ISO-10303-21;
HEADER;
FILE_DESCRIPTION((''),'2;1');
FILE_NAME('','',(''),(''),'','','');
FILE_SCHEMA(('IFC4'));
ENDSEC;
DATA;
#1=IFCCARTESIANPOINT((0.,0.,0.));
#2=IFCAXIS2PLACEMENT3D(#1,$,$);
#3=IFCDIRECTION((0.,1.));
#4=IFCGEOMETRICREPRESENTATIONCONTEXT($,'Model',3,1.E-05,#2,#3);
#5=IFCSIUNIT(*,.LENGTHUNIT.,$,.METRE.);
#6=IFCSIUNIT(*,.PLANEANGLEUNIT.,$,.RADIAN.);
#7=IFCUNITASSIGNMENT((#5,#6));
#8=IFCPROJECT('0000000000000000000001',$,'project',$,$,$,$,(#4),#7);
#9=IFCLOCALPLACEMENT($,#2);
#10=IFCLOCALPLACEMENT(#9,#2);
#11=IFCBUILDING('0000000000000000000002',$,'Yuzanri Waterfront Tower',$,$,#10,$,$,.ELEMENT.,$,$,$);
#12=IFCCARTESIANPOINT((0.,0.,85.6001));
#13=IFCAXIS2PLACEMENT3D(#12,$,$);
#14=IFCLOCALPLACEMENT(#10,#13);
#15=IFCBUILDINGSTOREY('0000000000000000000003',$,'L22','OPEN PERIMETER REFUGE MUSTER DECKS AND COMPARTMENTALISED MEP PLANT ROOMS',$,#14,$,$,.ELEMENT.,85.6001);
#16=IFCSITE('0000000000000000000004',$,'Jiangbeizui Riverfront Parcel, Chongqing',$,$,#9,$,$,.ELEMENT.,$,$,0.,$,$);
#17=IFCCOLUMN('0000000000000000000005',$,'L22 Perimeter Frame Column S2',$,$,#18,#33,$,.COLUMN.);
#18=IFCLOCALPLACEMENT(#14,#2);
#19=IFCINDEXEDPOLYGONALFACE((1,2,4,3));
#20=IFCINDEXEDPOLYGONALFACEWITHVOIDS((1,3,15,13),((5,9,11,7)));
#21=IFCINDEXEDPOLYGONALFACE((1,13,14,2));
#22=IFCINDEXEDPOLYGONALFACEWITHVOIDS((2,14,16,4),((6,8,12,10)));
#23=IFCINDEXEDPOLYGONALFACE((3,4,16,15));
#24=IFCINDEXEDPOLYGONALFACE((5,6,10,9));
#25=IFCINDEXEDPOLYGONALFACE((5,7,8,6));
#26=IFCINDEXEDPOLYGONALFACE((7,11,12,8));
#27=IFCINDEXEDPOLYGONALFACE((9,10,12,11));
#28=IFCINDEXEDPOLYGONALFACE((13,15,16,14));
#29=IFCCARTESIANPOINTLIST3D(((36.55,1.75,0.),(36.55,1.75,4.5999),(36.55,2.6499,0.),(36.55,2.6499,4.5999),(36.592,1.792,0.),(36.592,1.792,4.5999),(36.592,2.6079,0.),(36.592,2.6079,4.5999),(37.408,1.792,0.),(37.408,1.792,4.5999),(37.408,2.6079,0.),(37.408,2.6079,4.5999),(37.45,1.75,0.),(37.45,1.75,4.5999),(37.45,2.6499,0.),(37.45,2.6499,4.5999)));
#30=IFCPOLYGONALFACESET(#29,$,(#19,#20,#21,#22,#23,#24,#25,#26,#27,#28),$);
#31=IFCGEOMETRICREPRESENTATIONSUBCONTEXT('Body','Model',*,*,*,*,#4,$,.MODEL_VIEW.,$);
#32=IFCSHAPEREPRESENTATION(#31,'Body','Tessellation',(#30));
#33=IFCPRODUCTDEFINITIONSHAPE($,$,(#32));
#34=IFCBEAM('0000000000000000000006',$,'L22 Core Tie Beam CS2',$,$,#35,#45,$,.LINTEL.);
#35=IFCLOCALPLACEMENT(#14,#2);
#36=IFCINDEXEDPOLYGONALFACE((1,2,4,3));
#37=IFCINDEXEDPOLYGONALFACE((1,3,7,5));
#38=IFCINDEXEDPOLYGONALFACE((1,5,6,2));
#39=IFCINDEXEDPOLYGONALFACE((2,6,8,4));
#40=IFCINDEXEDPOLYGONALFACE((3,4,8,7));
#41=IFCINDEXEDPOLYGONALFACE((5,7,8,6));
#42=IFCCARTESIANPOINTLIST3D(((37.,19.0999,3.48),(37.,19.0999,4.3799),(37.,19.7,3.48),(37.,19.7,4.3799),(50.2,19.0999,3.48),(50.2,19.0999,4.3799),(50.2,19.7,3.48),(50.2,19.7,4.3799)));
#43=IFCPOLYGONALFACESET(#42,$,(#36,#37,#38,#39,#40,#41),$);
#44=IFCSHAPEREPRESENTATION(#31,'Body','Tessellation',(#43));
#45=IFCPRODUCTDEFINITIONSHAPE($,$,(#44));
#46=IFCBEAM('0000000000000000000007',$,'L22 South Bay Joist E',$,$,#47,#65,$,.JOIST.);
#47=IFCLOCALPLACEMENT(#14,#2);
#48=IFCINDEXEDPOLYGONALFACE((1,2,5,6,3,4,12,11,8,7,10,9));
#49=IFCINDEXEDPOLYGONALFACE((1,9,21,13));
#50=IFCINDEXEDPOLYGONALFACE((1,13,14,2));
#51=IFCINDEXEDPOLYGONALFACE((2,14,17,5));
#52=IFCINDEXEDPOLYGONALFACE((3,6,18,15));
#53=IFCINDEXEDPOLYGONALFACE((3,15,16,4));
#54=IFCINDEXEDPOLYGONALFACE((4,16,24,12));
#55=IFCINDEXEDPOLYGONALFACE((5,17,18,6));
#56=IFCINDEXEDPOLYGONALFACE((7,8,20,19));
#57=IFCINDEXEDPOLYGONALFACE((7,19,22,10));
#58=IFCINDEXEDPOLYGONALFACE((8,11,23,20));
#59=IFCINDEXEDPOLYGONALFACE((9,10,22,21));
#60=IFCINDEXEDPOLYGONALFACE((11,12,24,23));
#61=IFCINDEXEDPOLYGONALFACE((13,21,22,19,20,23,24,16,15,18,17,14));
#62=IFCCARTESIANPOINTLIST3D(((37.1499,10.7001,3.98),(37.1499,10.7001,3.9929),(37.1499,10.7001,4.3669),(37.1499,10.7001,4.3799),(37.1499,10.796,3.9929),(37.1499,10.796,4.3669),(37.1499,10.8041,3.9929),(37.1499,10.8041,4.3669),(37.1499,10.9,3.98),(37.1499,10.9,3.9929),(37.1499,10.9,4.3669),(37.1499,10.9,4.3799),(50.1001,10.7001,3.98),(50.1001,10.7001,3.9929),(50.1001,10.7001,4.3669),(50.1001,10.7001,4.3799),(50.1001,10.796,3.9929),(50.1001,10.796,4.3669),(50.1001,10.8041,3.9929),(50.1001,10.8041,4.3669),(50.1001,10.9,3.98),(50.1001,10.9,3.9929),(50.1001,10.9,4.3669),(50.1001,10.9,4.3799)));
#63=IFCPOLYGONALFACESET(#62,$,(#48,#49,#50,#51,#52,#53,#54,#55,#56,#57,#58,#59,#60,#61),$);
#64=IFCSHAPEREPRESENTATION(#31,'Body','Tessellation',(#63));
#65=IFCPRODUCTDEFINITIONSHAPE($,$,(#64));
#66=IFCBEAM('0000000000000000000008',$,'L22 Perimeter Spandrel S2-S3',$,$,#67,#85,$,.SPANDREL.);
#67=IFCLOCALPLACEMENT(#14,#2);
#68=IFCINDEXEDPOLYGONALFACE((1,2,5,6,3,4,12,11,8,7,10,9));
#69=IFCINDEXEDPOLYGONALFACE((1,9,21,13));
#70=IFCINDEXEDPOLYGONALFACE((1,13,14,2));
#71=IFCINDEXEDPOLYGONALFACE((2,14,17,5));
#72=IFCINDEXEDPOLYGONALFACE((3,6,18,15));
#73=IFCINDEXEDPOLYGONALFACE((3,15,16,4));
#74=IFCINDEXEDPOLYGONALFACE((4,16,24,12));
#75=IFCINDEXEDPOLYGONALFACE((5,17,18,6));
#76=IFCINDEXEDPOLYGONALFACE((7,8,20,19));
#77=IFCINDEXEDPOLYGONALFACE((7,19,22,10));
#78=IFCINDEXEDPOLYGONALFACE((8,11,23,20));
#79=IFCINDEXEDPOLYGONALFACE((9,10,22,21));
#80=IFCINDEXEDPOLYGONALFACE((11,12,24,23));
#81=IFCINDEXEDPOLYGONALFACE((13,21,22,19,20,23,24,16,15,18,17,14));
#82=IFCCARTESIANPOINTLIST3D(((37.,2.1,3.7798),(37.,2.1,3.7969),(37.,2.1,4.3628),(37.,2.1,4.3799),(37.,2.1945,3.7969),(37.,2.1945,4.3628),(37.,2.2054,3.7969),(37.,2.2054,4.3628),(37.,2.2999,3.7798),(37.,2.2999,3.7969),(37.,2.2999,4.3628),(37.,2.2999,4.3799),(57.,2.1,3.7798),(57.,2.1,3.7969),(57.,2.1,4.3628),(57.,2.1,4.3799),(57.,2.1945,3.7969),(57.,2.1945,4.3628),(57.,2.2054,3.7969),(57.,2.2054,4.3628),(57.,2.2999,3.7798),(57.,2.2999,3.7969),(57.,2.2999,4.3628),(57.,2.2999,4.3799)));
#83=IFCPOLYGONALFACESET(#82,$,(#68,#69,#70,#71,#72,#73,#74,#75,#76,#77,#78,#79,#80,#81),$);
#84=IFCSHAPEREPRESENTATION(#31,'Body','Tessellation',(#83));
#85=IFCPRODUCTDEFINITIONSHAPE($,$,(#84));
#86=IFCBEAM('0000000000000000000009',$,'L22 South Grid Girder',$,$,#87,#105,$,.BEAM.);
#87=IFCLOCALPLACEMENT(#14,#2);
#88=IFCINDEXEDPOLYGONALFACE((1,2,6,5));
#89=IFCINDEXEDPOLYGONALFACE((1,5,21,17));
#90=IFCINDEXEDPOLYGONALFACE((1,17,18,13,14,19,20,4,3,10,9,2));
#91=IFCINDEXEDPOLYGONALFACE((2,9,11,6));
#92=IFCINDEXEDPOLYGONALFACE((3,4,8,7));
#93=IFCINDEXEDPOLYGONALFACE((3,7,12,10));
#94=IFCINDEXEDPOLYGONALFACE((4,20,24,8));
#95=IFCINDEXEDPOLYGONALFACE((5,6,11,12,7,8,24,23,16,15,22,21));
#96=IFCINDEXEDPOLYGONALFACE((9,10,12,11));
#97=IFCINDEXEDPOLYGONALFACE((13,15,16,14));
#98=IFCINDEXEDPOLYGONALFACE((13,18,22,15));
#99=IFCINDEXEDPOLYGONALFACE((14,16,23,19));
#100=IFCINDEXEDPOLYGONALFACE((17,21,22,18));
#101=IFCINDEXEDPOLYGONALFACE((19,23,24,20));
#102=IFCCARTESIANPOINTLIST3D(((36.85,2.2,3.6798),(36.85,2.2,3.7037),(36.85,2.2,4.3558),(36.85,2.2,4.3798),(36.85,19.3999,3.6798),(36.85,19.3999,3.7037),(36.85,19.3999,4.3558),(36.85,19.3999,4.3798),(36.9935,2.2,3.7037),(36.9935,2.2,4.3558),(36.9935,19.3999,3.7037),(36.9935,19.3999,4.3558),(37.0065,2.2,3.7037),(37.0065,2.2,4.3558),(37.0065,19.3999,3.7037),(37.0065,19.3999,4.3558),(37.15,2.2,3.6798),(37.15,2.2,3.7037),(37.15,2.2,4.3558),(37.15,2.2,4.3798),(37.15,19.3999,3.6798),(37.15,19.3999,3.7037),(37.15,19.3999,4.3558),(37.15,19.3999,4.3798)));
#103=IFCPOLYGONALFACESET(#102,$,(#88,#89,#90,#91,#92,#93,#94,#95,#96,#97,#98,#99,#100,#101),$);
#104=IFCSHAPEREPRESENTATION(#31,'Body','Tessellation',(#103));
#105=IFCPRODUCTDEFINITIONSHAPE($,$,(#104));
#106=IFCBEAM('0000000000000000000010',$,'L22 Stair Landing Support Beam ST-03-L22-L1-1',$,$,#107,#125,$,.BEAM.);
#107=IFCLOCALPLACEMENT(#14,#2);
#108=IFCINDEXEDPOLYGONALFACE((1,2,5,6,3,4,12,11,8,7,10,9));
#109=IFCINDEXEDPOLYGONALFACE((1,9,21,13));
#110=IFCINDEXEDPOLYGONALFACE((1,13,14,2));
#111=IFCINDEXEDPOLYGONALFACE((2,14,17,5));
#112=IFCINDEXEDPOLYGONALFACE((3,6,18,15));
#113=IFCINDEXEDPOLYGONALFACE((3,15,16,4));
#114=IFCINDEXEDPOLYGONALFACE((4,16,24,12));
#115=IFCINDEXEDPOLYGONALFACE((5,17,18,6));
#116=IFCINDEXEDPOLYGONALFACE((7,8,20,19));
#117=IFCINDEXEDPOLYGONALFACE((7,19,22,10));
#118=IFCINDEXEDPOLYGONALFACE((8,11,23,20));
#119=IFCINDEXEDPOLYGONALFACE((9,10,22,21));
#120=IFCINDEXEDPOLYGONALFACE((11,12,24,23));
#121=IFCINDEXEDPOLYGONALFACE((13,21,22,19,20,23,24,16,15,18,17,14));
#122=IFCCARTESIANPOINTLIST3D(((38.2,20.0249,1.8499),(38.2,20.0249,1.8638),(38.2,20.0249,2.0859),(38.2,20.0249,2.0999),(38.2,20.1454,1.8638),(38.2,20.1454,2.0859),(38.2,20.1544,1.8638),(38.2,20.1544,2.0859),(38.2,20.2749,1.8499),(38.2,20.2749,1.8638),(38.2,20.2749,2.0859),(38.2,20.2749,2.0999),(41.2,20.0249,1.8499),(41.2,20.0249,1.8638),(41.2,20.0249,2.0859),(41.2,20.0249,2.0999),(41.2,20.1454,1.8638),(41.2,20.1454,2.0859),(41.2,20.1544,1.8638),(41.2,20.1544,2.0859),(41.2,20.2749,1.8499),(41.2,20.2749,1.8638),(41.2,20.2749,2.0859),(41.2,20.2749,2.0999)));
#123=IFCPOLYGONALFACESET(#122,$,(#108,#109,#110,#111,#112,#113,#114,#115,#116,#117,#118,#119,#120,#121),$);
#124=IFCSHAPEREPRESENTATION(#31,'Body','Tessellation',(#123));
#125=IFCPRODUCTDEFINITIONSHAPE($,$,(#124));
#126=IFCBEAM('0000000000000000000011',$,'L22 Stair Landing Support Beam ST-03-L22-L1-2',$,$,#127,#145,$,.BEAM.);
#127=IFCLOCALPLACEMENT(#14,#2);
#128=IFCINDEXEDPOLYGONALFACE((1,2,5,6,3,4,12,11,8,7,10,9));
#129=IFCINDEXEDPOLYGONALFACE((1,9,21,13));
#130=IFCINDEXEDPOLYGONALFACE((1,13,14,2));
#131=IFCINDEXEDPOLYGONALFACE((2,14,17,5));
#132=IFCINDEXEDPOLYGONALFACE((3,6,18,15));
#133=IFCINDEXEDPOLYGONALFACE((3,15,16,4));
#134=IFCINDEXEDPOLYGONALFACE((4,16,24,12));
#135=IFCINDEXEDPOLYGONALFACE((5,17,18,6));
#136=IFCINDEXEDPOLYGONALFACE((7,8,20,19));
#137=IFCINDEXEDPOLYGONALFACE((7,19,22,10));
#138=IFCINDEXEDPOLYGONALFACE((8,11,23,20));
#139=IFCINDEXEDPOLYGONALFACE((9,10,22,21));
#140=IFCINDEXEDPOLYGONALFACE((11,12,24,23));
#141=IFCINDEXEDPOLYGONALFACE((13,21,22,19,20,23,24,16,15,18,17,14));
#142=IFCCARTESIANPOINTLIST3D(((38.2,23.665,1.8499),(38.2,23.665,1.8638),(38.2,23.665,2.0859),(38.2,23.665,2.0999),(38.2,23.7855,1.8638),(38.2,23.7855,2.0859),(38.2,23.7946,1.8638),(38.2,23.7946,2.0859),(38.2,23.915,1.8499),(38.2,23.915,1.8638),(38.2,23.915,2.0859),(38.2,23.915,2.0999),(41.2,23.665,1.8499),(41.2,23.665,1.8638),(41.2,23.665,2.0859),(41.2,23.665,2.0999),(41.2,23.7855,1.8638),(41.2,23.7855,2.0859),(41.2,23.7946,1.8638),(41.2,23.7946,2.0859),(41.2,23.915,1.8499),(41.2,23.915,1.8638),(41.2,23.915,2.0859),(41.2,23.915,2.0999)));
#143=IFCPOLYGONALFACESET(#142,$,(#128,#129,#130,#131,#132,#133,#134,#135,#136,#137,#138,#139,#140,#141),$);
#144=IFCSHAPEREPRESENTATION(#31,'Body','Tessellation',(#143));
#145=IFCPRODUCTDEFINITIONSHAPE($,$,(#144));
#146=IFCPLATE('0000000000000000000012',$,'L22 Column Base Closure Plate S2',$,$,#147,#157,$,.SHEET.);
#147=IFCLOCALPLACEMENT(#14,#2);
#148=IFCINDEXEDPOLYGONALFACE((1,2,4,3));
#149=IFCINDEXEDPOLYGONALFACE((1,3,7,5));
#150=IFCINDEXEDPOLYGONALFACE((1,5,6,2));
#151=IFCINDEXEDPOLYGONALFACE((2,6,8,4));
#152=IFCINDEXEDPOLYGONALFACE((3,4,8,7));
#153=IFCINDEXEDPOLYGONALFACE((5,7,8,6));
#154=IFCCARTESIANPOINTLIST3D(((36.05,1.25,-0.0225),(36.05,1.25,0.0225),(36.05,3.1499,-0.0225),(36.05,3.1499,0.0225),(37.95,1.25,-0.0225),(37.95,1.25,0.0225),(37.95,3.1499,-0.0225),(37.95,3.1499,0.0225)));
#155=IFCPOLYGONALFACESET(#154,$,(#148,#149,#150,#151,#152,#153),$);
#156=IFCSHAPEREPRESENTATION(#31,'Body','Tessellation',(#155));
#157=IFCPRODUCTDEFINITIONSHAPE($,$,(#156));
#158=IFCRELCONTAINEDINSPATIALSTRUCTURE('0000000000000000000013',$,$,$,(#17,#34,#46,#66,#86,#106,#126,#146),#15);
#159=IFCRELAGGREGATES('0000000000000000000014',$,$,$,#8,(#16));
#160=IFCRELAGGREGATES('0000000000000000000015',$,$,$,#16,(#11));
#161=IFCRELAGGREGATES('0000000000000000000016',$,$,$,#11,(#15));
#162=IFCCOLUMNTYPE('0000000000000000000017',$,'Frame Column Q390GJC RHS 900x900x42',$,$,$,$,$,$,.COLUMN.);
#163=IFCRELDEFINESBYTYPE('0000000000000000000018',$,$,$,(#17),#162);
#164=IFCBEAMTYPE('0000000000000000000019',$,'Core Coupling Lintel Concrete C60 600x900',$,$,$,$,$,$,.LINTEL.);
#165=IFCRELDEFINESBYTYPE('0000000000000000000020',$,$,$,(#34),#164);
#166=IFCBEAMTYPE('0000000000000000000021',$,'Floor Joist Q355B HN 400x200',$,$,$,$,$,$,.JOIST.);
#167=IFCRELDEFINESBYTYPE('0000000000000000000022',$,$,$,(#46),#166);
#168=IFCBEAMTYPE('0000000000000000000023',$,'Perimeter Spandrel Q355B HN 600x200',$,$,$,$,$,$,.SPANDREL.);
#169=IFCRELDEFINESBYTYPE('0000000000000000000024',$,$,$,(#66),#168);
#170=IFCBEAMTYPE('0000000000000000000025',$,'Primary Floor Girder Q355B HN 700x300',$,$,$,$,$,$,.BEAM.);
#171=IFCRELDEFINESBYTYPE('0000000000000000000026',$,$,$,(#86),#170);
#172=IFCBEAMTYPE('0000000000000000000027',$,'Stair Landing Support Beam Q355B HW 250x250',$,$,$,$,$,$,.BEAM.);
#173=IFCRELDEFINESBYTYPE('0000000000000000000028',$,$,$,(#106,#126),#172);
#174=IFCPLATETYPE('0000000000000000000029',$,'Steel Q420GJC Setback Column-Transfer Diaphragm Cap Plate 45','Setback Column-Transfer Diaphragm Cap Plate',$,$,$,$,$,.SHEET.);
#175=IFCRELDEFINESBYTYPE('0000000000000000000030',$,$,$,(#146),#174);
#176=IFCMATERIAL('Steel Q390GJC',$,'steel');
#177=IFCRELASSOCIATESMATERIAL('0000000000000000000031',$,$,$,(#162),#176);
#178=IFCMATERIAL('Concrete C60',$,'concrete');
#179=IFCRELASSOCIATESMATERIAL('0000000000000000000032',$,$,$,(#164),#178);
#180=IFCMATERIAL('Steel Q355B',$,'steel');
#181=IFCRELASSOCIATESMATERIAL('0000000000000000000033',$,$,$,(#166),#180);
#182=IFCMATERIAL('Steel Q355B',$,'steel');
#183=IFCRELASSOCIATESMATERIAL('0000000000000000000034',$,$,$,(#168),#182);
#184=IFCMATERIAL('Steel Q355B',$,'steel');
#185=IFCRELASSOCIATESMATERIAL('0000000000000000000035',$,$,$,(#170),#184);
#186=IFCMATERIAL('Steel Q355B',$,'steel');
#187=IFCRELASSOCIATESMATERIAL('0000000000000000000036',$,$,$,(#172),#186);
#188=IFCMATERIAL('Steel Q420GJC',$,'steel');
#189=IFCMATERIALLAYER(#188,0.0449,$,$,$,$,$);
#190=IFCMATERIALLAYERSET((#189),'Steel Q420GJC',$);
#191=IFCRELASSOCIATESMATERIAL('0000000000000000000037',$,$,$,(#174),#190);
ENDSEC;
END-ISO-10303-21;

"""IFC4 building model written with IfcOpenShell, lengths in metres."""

from ifc_helpers import new_model, si_unit, direction, frame, origin, origin_2d, place, context, subcontext, project, spatial, rectangle, hollow_rectangle, i_section, extrude, source, transform, mapped, material, layer, layer_set, material_profile, profile_set, type_object, element, save


model = new_model("IFC4")

# Units and contexts
model_context = context("Model", 3, precision=1e-05, world=origin(), true_north=direction((0.0, 1.0)))
body_context = subcontext(model_context, "Body", "Model", "MODEL_VIEW")
ifc_project = project(units=[si_unit("LENGTHUNIT", "METRE"), si_unit("PLANEANGLEUNIT", "RADIAN")], contexts=[model_context])

# Site, building, storey
site_placement = place(None, origin())
site = spatial("IfcSite", under=ifc_project, at=site_placement, Name="Jiangbeizui Riverfront Parcel, Chongqing", CompositionType="ELEMENT", RefElevation=0.0)
building_placement = place(site_placement, origin())
building = spatial("IfcBuilding", under=site, at=building_placement, Name="Yuzanri Waterfront Tower", CompositionType="ELEMENT")
storey_placement = place(building_placement, frame((0.0, 0.0, 85.6001)))
storey = spatial("IfcBuildingStorey", under=building, at=storey_placement, Name="L22", Description="OPEN PERIMETER REFUGE MUSTER DECKS AND COMPARTMENTALISED MEP PLANT ROOMS", CompositionType="ELEMENT", Elevation=85.6001)

# Column
ifc_material_1 = material(Name="Steel Q390GJC", Category="steel")
ifc_material_profile_1 = material_profile(ifc_material_1, hollow_rectangle(XDim=0.8999, YDim=0.8999, WallThickness=0.042, at=origin_2d()), Name="RHS 900x900x42")
ifc_profile_set_1 = profile_set([ifc_material_profile_1], Name="Steel Q390GJC")
column_type = type_object("IfcColumnType", Name="Frame Column Q390GJC RHS 900x900x42", PredefinedType="COLUMN", material=ifc_profile_set_1)
shared_shape_1 = source(origin(), body_context, "Body", "SweptSolid", [
    extrude(hollow_rectangle(XDim=0.8999, YDim=0.8999, WallThickness=0.042, at=origin_2d()), origin(), (0.0, 0.0, 1.0), 4.5999),
])
column_placement = place(storey_placement, frame((37.0, 2.2, 0.0), z_axis=(0.0, 0.0, 1.0), x_axis=(1.0, 0.0, 0.0)))
element("IfcColumn", 1, at=column_placement, inside=storey, type_object=column_type, Name="L22 Perimeter Frame Column S2", PredefinedType="COLUMN", context=body_context, shape_type="MappedRepresentation", body=[
    mapped(shared_shape_1, transform((0.0, 0.0, 0.0), scale=1.0)),
])

# Beams
ifc_material_2 = material(Name="Concrete C60", Category="concrete")
ifc_material_profile_2 = material_profile(ifc_material_2, rectangle(XDim=0.6001, YDim=0.8999, at=origin_2d()), Name="RC 600x900")
ifc_profile_set_2 = profile_set([ifc_material_profile_2], Name="Concrete C60")
beam_type_1 = type_object("IfcBeamType", Name="Core Coupling Lintel Concrete C60 600x900", PredefinedType="LINTEL", material=ifc_profile_set_2)
shared_shape_2 = source(origin(), body_context, "Body", "SweptSolid", [
    extrude(rectangle(XDim=0.6001, YDim=0.8999, at=origin_2d()), origin(), (0.0, 0.0, 1.0), 13.2),
])
beam_1_placement = place(storey_placement, frame((37.0, 19.3999, 3.9299), z_axis=(1.0, 0.0, 0.0), x_axis=(0.0, 1.0, 0.0)))
element("IfcBeam", 2, at=beam_1_placement, inside=storey, type_object=beam_type_1, Name="L22 Core Tie Beam CS2", PredefinedType="LINTEL", context=body_context, shape_type="MappedRepresentation", body=[
    mapped(shared_shape_2, transform((0.0, 0.0, 0.0), scale=1.0)),
])
ifc_material_3 = material(Name="Steel Q355B", Category="steel")
ifc_material_profile_3 = material_profile(ifc_material_3, i_section(OverallWidth=0.2, OverallDepth=0.3999, WebThickness=0.0081, FlangeThickness=0.0129, at=origin_2d()), Name="HN 400x200x8x13")
ifc_profile_set_3 = profile_set([ifc_material_profile_3], Name="Steel Q355B")
beam_type_2 = type_object("IfcBeamType", Name="Floor Joist Q355B HN 400x200", PredefinedType="JOIST", material=ifc_profile_set_3)
shared_shape_3 = source(origin(), body_context, "Body", "SweptSolid", [
    extrude(i_section(OverallWidth=0.2, OverallDepth=0.3999, WebThickness=0.0081, FlangeThickness=0.0129, at=origin_2d()), origin(), (0.0, 0.0, 1.0), 12.9502),
])
beam_2_placement = place(storey_placement, frame((37.1499, 10.8, 4.1799), z_axis=(1.0, 0.0, 0.0), x_axis=(0.0, 1.0, 0.0)))
element("IfcBeam", 3, at=beam_2_placement, inside=storey, type_object=beam_type_2, Name="L22 South Bay Joist E", PredefinedType="JOIST", context=body_context, shape_type="MappedRepresentation", body=[
    mapped(shared_shape_3, transform((0.0, 0.0, 0.0), scale=1.0)),
])
ifc_material_4 = material(Name="Steel Q355B", Category="steel")
ifc_material_profile_4 = material_profile(ifc_material_4, i_section(OverallWidth=0.2, OverallDepth=0.6001, WebThickness=0.011, FlangeThickness=0.0171, at=origin_2d()), Name="HN 600x200x11x17")
ifc_profile_set_4 = profile_set([ifc_material_profile_4], Name="Steel Q355B")
beam_type_3 = type_object("IfcBeamType", Name="Perimeter Spandrel Q355B HN 600x200", PredefinedType="SPANDREL", material=ifc_profile_set_4)
shared_shape_4 = source(origin(), body_context, "Body", "SweptSolid", [
    extrude(i_section(OverallWidth=0.2, OverallDepth=0.6001, WebThickness=0.011, FlangeThickness=0.0171, at=origin_2d()), origin(), (0.0, 0.0, 1.0), 20.0),
])
beam_3_placement = place(storey_placement, frame((37.0, 2.2, 4.0798), z_axis=(1.0, 0.0, 0.0), x_axis=(0.0, 1.0, 0.0)))
element("IfcBeam", 4, at=beam_3_placement, inside=storey, type_object=beam_type_3, Name="L22 Perimeter Spandrel S2-S3", PredefinedType="SPANDREL", context=body_context, shape_type="MappedRepresentation", body=[
    mapped(shared_shape_4, transform((0.0, 0.0, 0.0), scale=1.0)),
])
ifc_material_5 = material(Name="Steel Q355B", Category="steel")
ifc_material_profile_5 = material_profile(ifc_material_5, i_section(OverallWidth=0.3, OverallDepth=0.7, WebThickness=0.0129, FlangeThickness=0.0239, at=origin_2d()), Name="HN 700x300x13x24")
ifc_profile_set_5 = profile_set([ifc_material_profile_5], Name="Steel Q355B")
beam_type_4 = type_object("IfcBeamType", Name="Primary Floor Girder Q355B HN 700x300", PredefinedType="BEAM", material=ifc_profile_set_5)
shared_shape_5 = source(origin(), body_context, "Body", "SweptSolid", [
    extrude(i_section(OverallWidth=0.3, OverallDepth=0.7, WebThickness=0.0129, FlangeThickness=0.0239, at=origin_2d()), origin(), (0.0, 0.0, 1.0), 17.2),
])
beam_4_placement = place(storey_placement, frame((37.0, 19.3999, 4.0298), z_axis=(0.0, -1.0, 0.0), x_axis=(1.0, 0.0, 0.0)))
element("IfcBeam", 5, at=beam_4_placement, inside=storey, type_object=beam_type_4, Name="L22 South Grid Girder", PredefinedType="BEAM", context=body_context, shape_type="MappedRepresentation", body=[
    mapped(shared_shape_5, transform((0.0, 0.0, 0.0), scale=1.0)),
])
ifc_material_6 = material(Name="Steel Q355B", Category="steel")
ifc_material_profile_6 = material_profile(ifc_material_6, i_section(OverallWidth=0.25, OverallDepth=0.25, WebThickness=0.009, FlangeThickness=0.0139, at=origin_2d()), Name="HW 250x250x9x14")
ifc_profile_set_6 = profile_set([ifc_material_profile_6], Name="Steel Q355B")
beam_type_5 = type_object("IfcBeamType", Name="Stair Landing Support Beam Q355B HW 250x250", PredefinedType="BEAM", material=ifc_profile_set_6)
shared_shape_6 = source(origin(), body_context, "Body", "SweptSolid", [
    extrude(i_section(OverallWidth=0.25, OverallDepth=0.25, WebThickness=0.009, FlangeThickness=0.0139, at=origin_2d()), origin(), (0.0, 0.0, 1.0), 3.0),
])
for number, where, z_axis, x_axis, name in (
    (6, (38.2, 20.1499, 1.9749), (1.0, 0.0, 0.0), (0.0, 1.0, 0.0), "L22 Stair Landing Support Beam ST-03-L22-L1-1"),
    (7, (38.2, 23.79, 1.9749), (1.0, 0.0, 0.0), (0.0, 1.0, 0.0), "L22 Stair Landing Support Beam ST-03-L22-L1-2"),
):
    element("IfcBeam", number, at=place(storey_placement, frame(where, z_axis=z_axis, x_axis=x_axis)), inside=storey, type_object=beam_type_5, Name=name, PredefinedType="BEAM", context=body_context, shape_type="MappedRepresentation", body=[
        mapped(shared_shape_6, transform((0.0, 0.0, 0.0), scale=1.0)),
    ])

# Plate
ifc_material_7 = material(Name="Steel Q420GJC", Category="steel")
ifc_layer_1 = layer(ifc_material_7, 0.0449)
ifc_layer_set_1 = layer_set([ifc_layer_1], Name="Steel Q420GJC")
plate_type = type_object("IfcPlateType", Name="Steel Q420GJC Setback Column-Transfer Diaphragm Cap Plate 45", Description="Setback Column-Transfer Diaphragm Cap Plate", PredefinedType="SHEET", material=ifc_layer_set_1)
shared_shape_7 = source(origin(), body_context, "Body", "SweptSolid", [
    extrude(rectangle(XDim=1.8999, YDim=1.8999, at=origin_2d()), origin(), (0.0, 0.0, 1.0), 0.0449),
])
plate_placement = place(storey_placement, frame((37.0, 2.2, -0.0225), z_axis=(0.0, 0.0, 1.0), x_axis=(1.0, 0.0, 0.0)))
element("IfcPlate", 8, at=plate_placement, inside=storey, type_object=plate_type, Name="L22 Column Base Closure Plate S2", PredefinedType="SHEET", context=body_context, shape_type="MappedRepresentation", body=[
    mapped(shared_shape_7, transform((0.0, 0.0, 0.0), scale=1.0)),
])

save(model, "model.ifc")
